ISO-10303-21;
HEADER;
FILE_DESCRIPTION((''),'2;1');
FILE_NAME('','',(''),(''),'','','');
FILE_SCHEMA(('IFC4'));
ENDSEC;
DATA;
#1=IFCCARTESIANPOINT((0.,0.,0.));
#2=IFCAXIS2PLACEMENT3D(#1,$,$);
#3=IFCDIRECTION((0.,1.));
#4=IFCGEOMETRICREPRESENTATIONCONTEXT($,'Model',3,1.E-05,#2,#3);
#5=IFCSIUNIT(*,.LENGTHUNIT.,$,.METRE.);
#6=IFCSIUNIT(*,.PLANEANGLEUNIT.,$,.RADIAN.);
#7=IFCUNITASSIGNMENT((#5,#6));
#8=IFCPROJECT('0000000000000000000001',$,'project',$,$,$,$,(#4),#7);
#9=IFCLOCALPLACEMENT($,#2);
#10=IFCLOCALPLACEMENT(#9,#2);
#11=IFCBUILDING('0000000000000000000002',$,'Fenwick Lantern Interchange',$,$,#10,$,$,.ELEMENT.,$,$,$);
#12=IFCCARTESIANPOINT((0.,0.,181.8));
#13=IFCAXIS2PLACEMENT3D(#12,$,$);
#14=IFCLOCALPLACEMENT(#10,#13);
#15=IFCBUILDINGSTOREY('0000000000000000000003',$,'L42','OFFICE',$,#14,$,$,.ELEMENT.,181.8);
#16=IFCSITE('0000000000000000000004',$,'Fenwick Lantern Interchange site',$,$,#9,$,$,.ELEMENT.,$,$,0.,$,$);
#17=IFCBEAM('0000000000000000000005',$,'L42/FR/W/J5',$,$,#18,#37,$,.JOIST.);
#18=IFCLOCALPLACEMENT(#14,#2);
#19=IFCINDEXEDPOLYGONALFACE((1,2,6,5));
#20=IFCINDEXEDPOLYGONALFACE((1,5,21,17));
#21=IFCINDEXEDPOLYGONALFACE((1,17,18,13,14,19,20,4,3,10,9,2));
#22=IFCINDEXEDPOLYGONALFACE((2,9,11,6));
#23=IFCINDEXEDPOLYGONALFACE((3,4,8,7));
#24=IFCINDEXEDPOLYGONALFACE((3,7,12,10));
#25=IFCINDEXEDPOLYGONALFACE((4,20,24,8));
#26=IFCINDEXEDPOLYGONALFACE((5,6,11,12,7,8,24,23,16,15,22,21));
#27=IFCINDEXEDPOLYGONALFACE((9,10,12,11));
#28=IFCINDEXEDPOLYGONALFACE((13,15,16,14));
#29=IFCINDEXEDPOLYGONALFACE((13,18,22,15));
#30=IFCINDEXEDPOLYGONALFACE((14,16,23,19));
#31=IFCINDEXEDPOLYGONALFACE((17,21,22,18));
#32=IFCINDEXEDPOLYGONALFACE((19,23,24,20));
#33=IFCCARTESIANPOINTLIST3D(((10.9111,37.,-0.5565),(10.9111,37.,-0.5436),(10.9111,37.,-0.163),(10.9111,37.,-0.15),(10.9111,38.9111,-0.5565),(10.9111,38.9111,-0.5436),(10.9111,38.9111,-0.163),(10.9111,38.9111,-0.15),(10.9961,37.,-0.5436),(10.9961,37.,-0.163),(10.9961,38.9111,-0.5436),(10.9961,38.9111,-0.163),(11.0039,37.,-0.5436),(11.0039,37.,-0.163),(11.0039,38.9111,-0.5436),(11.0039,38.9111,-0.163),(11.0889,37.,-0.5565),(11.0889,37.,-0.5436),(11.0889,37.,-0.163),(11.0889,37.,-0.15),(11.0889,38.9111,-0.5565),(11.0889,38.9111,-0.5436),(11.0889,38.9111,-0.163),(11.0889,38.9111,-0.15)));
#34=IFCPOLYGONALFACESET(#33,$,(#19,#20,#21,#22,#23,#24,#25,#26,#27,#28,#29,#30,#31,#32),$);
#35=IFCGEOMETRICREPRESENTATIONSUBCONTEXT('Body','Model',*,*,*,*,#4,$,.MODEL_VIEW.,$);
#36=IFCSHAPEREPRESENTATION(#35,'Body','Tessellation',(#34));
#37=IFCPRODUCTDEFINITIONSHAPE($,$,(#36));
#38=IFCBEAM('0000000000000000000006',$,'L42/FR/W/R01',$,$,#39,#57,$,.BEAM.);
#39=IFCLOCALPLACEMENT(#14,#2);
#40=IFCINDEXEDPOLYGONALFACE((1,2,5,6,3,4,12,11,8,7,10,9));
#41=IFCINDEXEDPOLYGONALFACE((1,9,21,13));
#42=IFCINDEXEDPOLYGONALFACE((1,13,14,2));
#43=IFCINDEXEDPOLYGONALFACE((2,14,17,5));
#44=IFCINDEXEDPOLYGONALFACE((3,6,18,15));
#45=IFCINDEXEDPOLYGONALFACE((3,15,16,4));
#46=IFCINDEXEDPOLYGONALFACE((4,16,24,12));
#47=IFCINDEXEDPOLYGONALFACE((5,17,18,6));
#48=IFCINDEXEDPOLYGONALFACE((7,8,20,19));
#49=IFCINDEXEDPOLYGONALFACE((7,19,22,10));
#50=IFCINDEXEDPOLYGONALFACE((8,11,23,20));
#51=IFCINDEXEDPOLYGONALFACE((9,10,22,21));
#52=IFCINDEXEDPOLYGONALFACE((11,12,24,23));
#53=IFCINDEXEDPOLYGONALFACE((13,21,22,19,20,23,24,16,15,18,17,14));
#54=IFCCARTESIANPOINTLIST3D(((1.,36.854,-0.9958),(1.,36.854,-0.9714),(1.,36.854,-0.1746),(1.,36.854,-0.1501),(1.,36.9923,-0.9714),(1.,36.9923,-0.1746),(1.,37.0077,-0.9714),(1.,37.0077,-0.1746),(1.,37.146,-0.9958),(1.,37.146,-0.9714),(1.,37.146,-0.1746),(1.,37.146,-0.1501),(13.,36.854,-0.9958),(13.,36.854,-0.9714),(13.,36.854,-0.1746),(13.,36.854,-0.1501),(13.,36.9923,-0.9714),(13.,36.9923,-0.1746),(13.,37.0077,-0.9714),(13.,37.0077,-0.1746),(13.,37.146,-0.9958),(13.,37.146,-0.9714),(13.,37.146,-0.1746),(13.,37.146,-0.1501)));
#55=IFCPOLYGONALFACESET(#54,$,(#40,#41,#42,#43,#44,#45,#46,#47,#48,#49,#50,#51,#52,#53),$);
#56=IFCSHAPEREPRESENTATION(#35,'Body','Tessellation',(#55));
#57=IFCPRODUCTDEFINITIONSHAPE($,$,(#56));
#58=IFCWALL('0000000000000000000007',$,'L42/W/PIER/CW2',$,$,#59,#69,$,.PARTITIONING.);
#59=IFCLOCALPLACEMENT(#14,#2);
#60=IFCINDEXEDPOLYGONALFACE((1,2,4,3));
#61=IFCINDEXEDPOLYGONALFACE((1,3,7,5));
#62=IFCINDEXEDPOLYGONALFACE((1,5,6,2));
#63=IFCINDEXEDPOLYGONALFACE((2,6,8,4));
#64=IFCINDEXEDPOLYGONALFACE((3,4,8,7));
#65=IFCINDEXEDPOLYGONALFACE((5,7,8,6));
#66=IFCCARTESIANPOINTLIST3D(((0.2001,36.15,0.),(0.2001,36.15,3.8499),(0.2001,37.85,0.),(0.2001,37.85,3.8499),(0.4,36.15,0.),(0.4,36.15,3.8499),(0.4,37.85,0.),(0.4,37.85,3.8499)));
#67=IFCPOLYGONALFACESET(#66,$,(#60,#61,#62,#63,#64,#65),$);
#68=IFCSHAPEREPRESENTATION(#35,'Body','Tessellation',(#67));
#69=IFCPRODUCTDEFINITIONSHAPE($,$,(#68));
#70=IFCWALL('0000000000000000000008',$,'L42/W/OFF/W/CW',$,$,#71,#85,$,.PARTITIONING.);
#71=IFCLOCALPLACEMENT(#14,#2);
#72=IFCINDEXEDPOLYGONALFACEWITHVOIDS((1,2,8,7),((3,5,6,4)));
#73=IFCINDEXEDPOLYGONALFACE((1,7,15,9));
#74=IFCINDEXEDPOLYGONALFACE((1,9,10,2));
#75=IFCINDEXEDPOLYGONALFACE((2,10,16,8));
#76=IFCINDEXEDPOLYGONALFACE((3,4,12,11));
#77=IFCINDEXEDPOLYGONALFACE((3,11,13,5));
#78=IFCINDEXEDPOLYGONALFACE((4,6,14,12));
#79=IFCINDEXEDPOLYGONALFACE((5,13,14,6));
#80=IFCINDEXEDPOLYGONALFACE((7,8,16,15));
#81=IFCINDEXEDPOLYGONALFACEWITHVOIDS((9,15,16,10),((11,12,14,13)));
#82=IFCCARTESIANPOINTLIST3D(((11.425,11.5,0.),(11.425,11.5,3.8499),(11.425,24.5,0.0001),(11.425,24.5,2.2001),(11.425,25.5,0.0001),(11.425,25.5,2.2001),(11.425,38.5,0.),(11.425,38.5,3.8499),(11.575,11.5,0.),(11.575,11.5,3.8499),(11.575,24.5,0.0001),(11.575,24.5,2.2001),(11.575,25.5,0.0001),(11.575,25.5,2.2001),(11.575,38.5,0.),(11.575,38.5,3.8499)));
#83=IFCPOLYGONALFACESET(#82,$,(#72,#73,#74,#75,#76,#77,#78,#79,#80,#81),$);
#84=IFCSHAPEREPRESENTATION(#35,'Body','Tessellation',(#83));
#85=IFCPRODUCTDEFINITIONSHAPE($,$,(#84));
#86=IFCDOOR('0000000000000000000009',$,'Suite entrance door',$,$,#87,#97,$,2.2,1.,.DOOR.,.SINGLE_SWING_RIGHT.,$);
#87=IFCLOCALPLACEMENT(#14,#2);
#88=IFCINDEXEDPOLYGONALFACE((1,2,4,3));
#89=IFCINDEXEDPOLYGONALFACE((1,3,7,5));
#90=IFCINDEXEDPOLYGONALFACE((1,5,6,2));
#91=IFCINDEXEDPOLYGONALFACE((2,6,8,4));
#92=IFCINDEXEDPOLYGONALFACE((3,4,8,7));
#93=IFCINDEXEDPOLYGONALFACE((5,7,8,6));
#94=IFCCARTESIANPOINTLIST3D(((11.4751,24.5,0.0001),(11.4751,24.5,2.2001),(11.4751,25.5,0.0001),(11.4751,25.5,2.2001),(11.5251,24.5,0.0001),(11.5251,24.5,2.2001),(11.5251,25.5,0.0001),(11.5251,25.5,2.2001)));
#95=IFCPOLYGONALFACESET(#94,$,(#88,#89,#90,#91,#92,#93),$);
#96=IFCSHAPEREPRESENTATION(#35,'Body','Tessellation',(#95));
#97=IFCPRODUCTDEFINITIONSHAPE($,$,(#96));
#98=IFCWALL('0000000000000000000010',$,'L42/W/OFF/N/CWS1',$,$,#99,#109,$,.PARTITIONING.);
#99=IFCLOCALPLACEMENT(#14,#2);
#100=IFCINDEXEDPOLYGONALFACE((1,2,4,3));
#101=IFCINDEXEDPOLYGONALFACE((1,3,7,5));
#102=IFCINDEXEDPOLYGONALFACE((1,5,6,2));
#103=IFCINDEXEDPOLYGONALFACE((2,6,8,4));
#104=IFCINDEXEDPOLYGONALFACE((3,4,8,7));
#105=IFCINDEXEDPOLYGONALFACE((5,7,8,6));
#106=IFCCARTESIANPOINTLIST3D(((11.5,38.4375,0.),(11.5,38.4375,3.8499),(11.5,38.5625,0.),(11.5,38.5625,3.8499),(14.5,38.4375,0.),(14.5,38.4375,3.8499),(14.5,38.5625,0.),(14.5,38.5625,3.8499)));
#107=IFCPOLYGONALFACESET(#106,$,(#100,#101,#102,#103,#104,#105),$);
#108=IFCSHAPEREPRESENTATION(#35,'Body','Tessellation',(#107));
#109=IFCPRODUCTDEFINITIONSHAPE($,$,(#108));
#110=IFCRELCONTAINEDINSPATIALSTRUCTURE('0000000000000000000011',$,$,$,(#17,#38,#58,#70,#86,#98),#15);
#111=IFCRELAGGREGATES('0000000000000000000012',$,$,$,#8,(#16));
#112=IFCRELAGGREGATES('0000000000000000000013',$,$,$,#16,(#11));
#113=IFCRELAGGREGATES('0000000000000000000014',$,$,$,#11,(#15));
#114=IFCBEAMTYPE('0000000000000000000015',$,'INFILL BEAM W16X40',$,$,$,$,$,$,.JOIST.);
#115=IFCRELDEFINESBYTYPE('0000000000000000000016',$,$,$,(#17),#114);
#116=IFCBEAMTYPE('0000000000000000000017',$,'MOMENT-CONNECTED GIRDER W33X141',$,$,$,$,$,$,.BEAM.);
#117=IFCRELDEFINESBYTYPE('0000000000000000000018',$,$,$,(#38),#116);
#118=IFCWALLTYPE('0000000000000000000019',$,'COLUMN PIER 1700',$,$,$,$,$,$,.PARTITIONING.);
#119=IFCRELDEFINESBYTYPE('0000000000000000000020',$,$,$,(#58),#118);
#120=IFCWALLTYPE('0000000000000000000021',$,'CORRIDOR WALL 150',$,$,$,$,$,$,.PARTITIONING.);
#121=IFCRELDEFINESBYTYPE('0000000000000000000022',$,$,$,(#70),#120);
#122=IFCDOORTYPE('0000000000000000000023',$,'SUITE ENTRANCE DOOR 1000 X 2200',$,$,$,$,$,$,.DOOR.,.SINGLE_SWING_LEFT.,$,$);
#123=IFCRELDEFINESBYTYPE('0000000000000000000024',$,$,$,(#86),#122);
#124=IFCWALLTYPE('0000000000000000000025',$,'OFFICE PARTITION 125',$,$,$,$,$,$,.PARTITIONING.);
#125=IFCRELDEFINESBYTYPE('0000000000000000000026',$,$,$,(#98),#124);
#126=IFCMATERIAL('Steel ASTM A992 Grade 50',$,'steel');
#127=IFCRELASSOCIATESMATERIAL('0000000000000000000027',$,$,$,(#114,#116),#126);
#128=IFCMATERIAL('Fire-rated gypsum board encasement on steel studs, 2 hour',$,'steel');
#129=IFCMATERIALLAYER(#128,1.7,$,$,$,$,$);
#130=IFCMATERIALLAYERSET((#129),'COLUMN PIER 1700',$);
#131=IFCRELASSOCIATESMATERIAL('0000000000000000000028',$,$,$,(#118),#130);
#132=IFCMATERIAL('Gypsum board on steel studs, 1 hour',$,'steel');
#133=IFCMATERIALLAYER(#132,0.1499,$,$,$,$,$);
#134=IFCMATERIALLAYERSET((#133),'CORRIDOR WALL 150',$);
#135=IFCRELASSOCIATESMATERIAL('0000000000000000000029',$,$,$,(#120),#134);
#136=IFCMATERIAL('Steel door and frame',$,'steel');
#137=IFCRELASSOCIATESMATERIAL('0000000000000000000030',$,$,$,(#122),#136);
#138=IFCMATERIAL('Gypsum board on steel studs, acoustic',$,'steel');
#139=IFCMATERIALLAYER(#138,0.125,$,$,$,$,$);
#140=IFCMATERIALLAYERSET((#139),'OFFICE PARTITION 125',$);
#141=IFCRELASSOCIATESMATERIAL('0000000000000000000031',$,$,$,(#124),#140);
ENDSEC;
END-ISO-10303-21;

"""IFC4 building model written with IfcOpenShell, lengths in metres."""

from ifc_helpers import new_model, si_unit, direction, frame, frame_2d, origin, origin_2d, place, context, subcontext, project, spatial, rectangle, i_section, extrude, material, layer, layer_set, material_profile, profile_set, type_object, element, fill, save


model = new_model("IFC4")

# Units and contexts
model_context = context("Model", 3, precision=1e-05, world=origin(), true_north=direction((0.0, 1.0)))
body_context = subcontext(model_context, "Body", "Model", "MODEL_VIEW")
ifc_project = project(units=[si_unit("LENGTHUNIT", "METRE"), si_unit("PLANEANGLEUNIT", "RADIAN")], contexts=[model_context])

# Site, building, storey
site_placement = place(None, origin())
site = spatial("IfcSite", under=ifc_project, at=site_placement, Name="Fenwick Lantern Interchange site", CompositionType="ELEMENT", RefElevation=0.0)
building_placement = place(site_placement, origin())
building = spatial("IfcBuilding", under=site, at=building_placement, Name="Fenwick Lantern Interchange", CompositionType="ELEMENT")
storey_placement = place(building_placement, frame((0.0, 0.0, 181.8)))
storey = spatial("IfcBuildingStorey", under=building, at=storey_placement, Name="L42", Description="OFFICE", CompositionType="ELEMENT", Elevation=181.8)

# Beams
ifc_material_1 = material(Name="Steel ASTM A992 Grade 50", Category="steel")
ifc_material_profile_1 = material_profile(ifc_material_1, i_section(OverallWidth=0.1777, OverallDepth=0.4065, WebThickness=0.0078, FlangeThickness=0.0129, at=origin_2d()), Name="W16X40")
ifc_profile_set_1 = profile_set([ifc_material_profile_1], Name="Steel ASTM A992 Grade 50")
beam_type_1 = type_object("IfcBeamType", Name="INFILL BEAM W16X40", PredefinedType="JOIST", material=ifc_profile_set_1)
beam_1_placement = place(storey_placement, frame((11.0, 38.9111, -0.3533), z_axis=(0.0, -1.0, 0.0), x_axis=(1.0, 0.0, 0.0)))
element("IfcBeam", 1, at=beam_1_placement, inside=storey, type_object=beam_type_1, Name="L42/FR/W/J5", PredefinedType="JOIST", context=body_context, shape_type="SweptSolid", body=[
    extrude(i_section(OverallWidth=0.1777, OverallDepth=0.4065, WebThickness=0.0078, FlangeThickness=0.0129, at=origin_2d()), origin(), (0.0, 0.0, 1.0), 1.9111),
])
ifc_material_profile_2 = material_profile(ifc_material_1, i_section(OverallWidth=0.292, OverallDepth=0.8457, WebThickness=0.0154, FlangeThickness=0.0244, at=origin_2d()), Name="W33X141")
ifc_profile_set_2 = profile_set([ifc_material_profile_2], Name="Steel ASTM A992 Grade 50")
beam_type_2 = type_object("IfcBeamType", Name="MOMENT-CONNECTED GIRDER W33X141", PredefinedType="BEAM", material=ifc_profile_set_2)
beam_2_placement = place(storey_placement, frame((1.0, 37.0, -0.573), z_axis=(1.0, 0.0, 0.0), x_axis=(0.0, 1.0, 0.0)))
element("IfcBeam", 2, at=beam_2_placement, inside=storey, type_object=beam_type_2, Name="L42/FR/W/R01", PredefinedType="BEAM", context=body_context, shape_type="SweptSolid", body=[
    extrude(i_section(OverallWidth=0.292, OverallDepth=0.8457, WebThickness=0.0154, FlangeThickness=0.0244, at=origin_2d()), origin(), (0.0, 0.0, 1.0), 12.0),
])

# Wall
ifc_material_2 = material(Name="Fire-rated gypsum board encasement on steel studs, 2 hour", Category="steel")
ifc_layer_1 = layer(ifc_material_2, 1.7)
ifc_layer_set_1 = layer_set([ifc_layer_1], Name="COLUMN PIER 1700")
wall_type_1 = type_object("IfcWallType", Name="COLUMN PIER 1700", PredefinedType="PARTITIONING", material=ifc_layer_set_1)
wall_1_placement = place(storey_placement, frame((0.2, 37.0, 0.0), z_axis=(0.0, 0.0, 1.0), x_axis=(1.0, 0.0, 0.0)))
element("IfcWall", 3, at=wall_1_placement, inside=storey, type_object=wall_type_1, Name="L42/W/PIER/CW2", PredefinedType="PARTITIONING", context=body_context, shape_type="SweptSolid", body=[
    extrude(rectangle(XDim=0.2, YDim=1.7, at=frame_2d((0.1001, 0.0))), origin(), (0.0, 0.0, 1.0), 3.8499),
])

# Wall, opening, door
ifc_material_3 = material(Name="Gypsum board on steel studs, 1 hour", Category="steel")
ifc_layer_2 = layer(ifc_material_3, 0.1499)
ifc_layer_set_2 = layer_set([ifc_layer_2], Name="CORRIDOR WALL 150")
wall_type_2 = type_object("IfcWallType", Name="CORRIDOR WALL 150", PredefinedType="PARTITIONING", material=ifc_layer_set_2)
wall_2_placement = place(storey_placement, frame((11.5, 38.5, 0.0), z_axis=(0.0, 0.0, 1.0), x_axis=(0.0, -1.0, 0.0)))
wall_2 = element("IfcWall", 4, at=wall_2_placement, inside=storey, type_object=wall_type_2, Name="L42/W/OFF/W/CW", PredefinedType="PARTITIONING", context=body_context, shape_type="SweptSolid", body=[
    extrude(rectangle(XDim=27.0, YDim=0.1499, at=frame_2d((13.5, 0.0))), origin(), (0.0, 0.0, 1.0), 3.8499),
])
opening_placement = place(wall_2_placement, frame((13.0, 0.0, 0.0)))
opening = element("IfcOpeningElement", 5, at=opening_placement, cuts=wall_2, PredefinedType="OPENING", context=body_context, shape_type="SweptSolid", body=[
    extrude(rectangle(XDim=1.0, YDim=2.2, at=frame_2d((0.5, 1.1001))), frame((0.0, 0.085, 0.0), z_axis=(0.0, -1.0, 0.0), x_axis=(1.0, 0.0, 0.0)), (0.0, 0.0, 1.0), 0.1699),
])
ifc_material_4 = material(Name="Steel door and frame", Category="steel")
door_type = type_object("IfcDoorType", Name="SUITE ENTRANCE DOOR 1000 X 2200", OperationType="SINGLE_SWING_LEFT", PredefinedType="DOOR", material=ifc_material_4)
door_placement = place(opening_placement, frame((1.0, 0.0, 0.0), z_axis=(0.0, 0.0, 1.0), x_axis=(-1.0, 0.0, 0.0)))
door = element("IfcDoor", 6, at=door_placement, inside=storey, type_object=door_type, Name="Suite entrance door", OperationType="SINGLE_SWING_RIGHT", OverallHeight=2.2, OverallWidth=1.0, PredefinedType="DOOR", context=body_context, shape_type="SweptSolid", body=[
    extrude(rectangle(XDim=1.0, YDim=2.2, at=frame_2d((0.5, 1.1001))), frame((0.0, 0.0249, 0.0), z_axis=(0.0, -1.0, 0.0), x_axis=(1.0, 0.0, 0.0)), (0.0, 0.0, 1.0), 0.05),
])
fill(opening, door)

# Wall
ifc_material_5 = material(Name="Gypsum board on steel studs, acoustic", Category="steel")
ifc_layer_3 = layer(ifc_material_5, 0.125)
ifc_layer_set_3 = layer_set([ifc_layer_3], Name="OFFICE PARTITION 125")
wall_type_3 = type_object("IfcWallType", Name="OFFICE PARTITION 125", PredefinedType="PARTITIONING", material=ifc_layer_set_3)
wall_3_placement = place(storey_placement, frame((14.5, 38.5, 0.0), z_axis=(0.0, 0.0, 1.0), x_axis=(-1.0, 0.0, 0.0)))
element("IfcWall", 7, at=wall_3_placement, inside=storey, type_object=wall_type_3, Name="L42/W/OFF/N/CWS1", PredefinedType="PARTITIONING", context=body_context, shape_type="SweptSolid", body=[
    extrude(rectangle(XDim=3.0, YDim=0.125, at=frame_2d((1.5, 0.0))), origin(), (0.0, 0.0, 1.0), 3.8499),
])

save(model, "model.ifc")
